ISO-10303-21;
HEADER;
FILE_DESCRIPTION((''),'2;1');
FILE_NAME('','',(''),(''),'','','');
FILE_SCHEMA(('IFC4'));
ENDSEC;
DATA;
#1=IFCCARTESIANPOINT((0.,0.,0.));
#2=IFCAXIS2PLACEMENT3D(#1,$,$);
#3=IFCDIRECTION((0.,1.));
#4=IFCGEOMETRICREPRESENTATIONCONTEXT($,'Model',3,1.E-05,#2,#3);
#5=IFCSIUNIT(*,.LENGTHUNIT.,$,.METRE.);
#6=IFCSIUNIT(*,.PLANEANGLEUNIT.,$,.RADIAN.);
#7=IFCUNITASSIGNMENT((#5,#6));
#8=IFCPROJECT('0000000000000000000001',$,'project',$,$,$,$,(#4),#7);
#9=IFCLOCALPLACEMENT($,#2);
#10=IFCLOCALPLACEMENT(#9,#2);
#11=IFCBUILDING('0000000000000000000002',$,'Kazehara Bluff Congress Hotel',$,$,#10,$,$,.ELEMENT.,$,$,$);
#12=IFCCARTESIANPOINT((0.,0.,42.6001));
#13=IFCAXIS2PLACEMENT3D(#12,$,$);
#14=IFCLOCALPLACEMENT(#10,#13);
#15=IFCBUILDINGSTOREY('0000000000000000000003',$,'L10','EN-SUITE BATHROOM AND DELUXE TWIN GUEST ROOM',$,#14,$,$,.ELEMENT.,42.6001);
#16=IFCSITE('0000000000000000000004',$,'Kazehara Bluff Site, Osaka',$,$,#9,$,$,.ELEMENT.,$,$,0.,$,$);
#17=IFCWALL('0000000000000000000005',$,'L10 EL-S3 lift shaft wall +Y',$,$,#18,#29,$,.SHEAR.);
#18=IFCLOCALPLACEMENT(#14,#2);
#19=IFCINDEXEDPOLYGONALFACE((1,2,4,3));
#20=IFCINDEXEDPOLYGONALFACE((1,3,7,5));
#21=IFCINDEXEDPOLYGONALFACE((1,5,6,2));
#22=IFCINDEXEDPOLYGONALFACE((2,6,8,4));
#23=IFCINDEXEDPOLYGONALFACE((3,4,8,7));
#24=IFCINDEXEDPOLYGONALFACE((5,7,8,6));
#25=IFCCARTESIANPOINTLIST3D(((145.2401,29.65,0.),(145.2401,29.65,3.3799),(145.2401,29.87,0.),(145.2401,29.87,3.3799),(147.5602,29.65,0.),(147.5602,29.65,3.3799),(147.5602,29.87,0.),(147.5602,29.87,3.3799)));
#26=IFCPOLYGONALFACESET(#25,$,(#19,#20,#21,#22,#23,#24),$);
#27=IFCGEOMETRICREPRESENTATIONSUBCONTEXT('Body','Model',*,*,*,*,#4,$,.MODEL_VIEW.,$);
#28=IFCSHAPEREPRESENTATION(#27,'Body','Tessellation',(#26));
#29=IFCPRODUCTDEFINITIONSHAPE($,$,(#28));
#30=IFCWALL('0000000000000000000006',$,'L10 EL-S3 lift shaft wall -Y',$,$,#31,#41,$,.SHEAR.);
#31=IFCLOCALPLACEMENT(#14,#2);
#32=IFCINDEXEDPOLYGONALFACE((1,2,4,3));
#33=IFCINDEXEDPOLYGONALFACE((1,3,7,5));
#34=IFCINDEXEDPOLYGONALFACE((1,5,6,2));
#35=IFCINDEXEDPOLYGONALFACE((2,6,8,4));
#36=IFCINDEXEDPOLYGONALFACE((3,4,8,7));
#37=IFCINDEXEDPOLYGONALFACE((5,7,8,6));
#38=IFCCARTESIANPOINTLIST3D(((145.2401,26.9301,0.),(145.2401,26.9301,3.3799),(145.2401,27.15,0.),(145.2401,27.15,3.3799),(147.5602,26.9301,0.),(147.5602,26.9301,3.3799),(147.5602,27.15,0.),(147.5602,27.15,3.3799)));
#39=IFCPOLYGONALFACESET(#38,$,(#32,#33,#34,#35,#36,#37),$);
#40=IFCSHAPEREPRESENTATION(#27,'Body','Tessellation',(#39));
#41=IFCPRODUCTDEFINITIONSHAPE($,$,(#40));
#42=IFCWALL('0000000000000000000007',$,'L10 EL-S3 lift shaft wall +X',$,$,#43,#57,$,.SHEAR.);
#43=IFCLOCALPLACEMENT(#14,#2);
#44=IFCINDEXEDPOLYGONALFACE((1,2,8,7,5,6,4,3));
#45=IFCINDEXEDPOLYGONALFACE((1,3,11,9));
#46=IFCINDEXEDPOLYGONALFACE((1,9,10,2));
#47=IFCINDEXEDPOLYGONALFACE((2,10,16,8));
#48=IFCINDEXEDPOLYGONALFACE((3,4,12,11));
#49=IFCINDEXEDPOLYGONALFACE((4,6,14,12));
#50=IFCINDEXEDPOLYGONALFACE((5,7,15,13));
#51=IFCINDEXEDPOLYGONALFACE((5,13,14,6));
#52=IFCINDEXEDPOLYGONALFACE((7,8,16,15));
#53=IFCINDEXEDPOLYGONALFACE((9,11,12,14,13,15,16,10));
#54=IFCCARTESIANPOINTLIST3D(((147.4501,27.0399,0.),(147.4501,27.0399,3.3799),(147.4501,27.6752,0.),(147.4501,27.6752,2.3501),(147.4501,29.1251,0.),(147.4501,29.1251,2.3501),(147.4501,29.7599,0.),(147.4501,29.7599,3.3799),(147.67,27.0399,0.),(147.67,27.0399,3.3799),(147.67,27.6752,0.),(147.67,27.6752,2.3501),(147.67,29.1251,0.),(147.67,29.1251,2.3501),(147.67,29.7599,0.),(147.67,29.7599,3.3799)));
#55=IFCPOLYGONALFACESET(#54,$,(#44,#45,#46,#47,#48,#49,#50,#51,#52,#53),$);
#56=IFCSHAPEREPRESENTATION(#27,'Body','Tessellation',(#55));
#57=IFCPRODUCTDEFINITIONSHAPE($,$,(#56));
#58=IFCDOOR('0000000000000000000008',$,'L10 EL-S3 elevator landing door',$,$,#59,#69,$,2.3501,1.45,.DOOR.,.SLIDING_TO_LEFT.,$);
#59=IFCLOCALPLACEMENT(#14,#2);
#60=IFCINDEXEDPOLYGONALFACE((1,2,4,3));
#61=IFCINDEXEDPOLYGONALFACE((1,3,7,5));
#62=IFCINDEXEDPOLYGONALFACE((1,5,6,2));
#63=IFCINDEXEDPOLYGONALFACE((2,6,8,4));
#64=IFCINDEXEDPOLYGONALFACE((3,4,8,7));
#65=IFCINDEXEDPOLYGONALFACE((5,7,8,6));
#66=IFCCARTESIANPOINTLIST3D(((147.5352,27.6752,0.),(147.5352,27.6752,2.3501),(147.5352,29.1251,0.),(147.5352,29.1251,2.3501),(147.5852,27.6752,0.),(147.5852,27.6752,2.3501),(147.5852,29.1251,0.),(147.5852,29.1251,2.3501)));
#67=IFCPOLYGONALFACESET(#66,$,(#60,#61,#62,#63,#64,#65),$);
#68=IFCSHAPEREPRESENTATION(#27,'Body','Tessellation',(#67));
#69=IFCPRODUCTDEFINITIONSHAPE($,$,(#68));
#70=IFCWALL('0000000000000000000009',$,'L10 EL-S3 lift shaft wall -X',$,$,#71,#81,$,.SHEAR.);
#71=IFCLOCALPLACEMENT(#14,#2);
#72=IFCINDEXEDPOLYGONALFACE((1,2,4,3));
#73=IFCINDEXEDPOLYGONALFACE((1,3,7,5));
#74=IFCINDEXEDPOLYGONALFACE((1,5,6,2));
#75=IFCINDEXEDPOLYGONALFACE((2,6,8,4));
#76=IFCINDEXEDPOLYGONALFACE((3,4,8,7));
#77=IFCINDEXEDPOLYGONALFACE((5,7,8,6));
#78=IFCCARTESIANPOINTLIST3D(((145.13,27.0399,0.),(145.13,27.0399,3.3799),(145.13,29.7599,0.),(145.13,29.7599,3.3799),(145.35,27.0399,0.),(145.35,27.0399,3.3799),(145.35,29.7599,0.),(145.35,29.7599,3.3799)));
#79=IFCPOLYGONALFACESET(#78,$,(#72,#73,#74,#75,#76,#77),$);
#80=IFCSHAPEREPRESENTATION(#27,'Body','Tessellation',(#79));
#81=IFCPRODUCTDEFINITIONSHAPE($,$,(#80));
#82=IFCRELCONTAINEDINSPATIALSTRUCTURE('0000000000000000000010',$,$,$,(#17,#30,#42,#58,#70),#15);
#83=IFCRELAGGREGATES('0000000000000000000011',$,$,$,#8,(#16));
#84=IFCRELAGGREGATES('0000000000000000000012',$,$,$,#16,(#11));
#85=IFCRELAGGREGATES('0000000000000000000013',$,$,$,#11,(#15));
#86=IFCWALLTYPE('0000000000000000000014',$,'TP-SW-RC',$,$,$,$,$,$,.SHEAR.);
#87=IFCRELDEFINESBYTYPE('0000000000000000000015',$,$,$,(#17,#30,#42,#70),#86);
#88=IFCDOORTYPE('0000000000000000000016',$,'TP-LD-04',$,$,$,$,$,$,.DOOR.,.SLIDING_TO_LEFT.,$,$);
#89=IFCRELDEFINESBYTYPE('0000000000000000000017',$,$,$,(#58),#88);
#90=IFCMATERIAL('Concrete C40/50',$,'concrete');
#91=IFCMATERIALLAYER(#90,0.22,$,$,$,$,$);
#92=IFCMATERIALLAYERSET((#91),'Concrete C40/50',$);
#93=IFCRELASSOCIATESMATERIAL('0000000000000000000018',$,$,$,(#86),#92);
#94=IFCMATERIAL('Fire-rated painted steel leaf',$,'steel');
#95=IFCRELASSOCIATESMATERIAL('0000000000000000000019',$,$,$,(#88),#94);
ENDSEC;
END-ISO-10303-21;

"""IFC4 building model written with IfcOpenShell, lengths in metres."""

from ifc_helpers import new_model, si_unit, direction, frame, frame_2d, origin, place, context, subcontext, project, spatial, rectangle, extrude, material, layer, layer_set, type_object, element, fill, save


model = new_model("IFC4")

# Units and contexts
model_context = context("Model", 3, precision=1e-05, world=origin(), true_north=direction((0.0, 1.0)))
body_context = subcontext(model_context, "Body", "Model", "MODEL_VIEW")
ifc_project = project(units=[si_unit("LENGTHUNIT", "METRE"), si_unit("PLANEANGLEUNIT", "RADIAN")], contexts=[model_context])

# Site, building, storey
site_placement = place(None, origin())
site = spatial("IfcSite", under=ifc_project, at=site_placement, Name="Kazehara Bluff Site, Osaka", CompositionType="ELEMENT", RefElevation=0.0)
building_placement = place(site_placement, origin())
building = spatial("IfcBuilding", under=site, at=building_placement, Name="Kazehara Bluff Congress Hotel", CompositionType="ELEMENT")
storey_placement = place(building_placement, frame((0.0, 0.0, 42.6001)))
storey = spatial("IfcBuildingStorey", under=building, at=storey_placement, Name="L10", Description="EN-SUITE BATHROOM AND DELUXE TWIN GUEST ROOM", CompositionType="ELEMENT", Elevation=42.6001)

# Walls
ifc_material_1 = material(Name="Concrete C40/50", Category="concrete")
ifc_layer_1 = layer(ifc_material_1, 0.22)
ifc_layer_set_1 = layer_set([ifc_layer_1], Name="Concrete C40/50")
wall_type_1 = type_object("IfcWallType", Name="TP-SW-RC", PredefinedType="SHEAR", material=ifc_layer_set_1)
for number, where, z_axis, x_axis, name in (
    (1, (145.24, 29.76, 0.0), (0.0, 0.0, 1.0), (1.0, 0.0, 0.0), "L10 EL-S3 lift shaft wall +Y"),
    (2, (145.24, 27.04, 0.0), (0.0, 0.0, 1.0), (1.0, 0.0, 0.0), "L10 EL-S3 lift shaft wall -Y"),
):
    element("IfcWall", number, at=place(storey_placement, frame(where, z_axis=z_axis, x_axis=x_axis)), inside=storey, type_object=wall_type_1, Name=name, PredefinedType="SHEAR", context=body_context, shape_type="SweptSolid", body=[
        extrude(rectangle(XDim=2.3201, YDim=0.22, at=frame_2d((1.1602, 0.0))), origin(), (0.0, 0.0, 1.0), 3.3799),
    ])

# Wall, opening, door
wall_1_placement = place(storey_placement, frame((147.5601, 27.04, 0.0), z_axis=(0.0, 0.0, 1.0), x_axis=(0.0, 1.0, 0.0)))
wall_1 = element("IfcWall", 3, at=wall_1_placement, inside=storey, type_object=wall_type_1, Name="L10 EL-S3 lift shaft wall +X", PredefinedType="SHEAR", context=body_context, shape_type="SweptSolid", body=[
    extrude(rectangle(XDim=2.72, YDim=0.22, at=frame_2d((1.3599, 0.0))), origin(), (0.0, 0.0, 1.0), 3.3799),
])
opening_placement = place(wall_1_placement, frame((0.635, 0.0, 0.0)))
opening = element("IfcOpeningElement", 4, at=opening_placement, cuts=wall_1, PredefinedType="OPENING", context=body_context, shape_type="SweptSolid", body=[
    extrude(rectangle(XDim=1.45, YDim=2.3501, at=frame_2d((0.7251, 1.175))), frame((0.0, 0.1199, 0.0), z_axis=(0.0, -1.0, 0.0), x_axis=(1.0, 0.0, 0.0)), (0.0, 0.0, 1.0), 0.24),
])
ifc_material_2 = material(Name="Fire-rated painted steel leaf", Category="steel")
door_type = type_object("IfcDoorType", Name="TP-LD-04", OperationType="SLIDING_TO_LEFT", PredefinedType="DOOR", material=ifc_material_2)
door_placement = place(opening_placement, origin())
door = element("IfcDoor", 5, at=door_placement, inside=storey, type_object=door_type, Name="L10 EL-S3 elevator landing door", OperationType="SLIDING_TO_LEFT", OverallHeight=2.3501, OverallWidth=1.45, PredefinedType="DOOR", context=body_context, shape_type="SweptSolid", body=[
    extrude(rectangle(XDim=1.45, YDim=2.3501, at=frame_2d((0.7251, 1.175))), frame((0.0, 0.0249, 0.0), z_axis=(0.0, -1.0, 0.0), x_axis=(1.0, 0.0, 0.0)), (0.0, 0.0, 1.0), 0.05),
])
fill(opening, door)

# Wall
wall_2_placement = place(storey_placement, frame((145.24, 27.04, 0.0), z_axis=(0.0, 0.0, 1.0), x_axis=(0.0, 1.0, 0.0)))
element("IfcWall", 6, at=wall_2_placement, inside=storey, type_object=wall_type_1, Name="L10 EL-S3 lift shaft wall -X", PredefinedType="SHEAR", context=body_context, shape_type="SweptSolid", body=[
    extrude(rectangle(XDim=2.72, YDim=0.22, at=frame_2d((1.3599, 0.0))), origin(), (0.0, 0.0, 1.0), 3.3799),
])

save(model, "model.ifc")
